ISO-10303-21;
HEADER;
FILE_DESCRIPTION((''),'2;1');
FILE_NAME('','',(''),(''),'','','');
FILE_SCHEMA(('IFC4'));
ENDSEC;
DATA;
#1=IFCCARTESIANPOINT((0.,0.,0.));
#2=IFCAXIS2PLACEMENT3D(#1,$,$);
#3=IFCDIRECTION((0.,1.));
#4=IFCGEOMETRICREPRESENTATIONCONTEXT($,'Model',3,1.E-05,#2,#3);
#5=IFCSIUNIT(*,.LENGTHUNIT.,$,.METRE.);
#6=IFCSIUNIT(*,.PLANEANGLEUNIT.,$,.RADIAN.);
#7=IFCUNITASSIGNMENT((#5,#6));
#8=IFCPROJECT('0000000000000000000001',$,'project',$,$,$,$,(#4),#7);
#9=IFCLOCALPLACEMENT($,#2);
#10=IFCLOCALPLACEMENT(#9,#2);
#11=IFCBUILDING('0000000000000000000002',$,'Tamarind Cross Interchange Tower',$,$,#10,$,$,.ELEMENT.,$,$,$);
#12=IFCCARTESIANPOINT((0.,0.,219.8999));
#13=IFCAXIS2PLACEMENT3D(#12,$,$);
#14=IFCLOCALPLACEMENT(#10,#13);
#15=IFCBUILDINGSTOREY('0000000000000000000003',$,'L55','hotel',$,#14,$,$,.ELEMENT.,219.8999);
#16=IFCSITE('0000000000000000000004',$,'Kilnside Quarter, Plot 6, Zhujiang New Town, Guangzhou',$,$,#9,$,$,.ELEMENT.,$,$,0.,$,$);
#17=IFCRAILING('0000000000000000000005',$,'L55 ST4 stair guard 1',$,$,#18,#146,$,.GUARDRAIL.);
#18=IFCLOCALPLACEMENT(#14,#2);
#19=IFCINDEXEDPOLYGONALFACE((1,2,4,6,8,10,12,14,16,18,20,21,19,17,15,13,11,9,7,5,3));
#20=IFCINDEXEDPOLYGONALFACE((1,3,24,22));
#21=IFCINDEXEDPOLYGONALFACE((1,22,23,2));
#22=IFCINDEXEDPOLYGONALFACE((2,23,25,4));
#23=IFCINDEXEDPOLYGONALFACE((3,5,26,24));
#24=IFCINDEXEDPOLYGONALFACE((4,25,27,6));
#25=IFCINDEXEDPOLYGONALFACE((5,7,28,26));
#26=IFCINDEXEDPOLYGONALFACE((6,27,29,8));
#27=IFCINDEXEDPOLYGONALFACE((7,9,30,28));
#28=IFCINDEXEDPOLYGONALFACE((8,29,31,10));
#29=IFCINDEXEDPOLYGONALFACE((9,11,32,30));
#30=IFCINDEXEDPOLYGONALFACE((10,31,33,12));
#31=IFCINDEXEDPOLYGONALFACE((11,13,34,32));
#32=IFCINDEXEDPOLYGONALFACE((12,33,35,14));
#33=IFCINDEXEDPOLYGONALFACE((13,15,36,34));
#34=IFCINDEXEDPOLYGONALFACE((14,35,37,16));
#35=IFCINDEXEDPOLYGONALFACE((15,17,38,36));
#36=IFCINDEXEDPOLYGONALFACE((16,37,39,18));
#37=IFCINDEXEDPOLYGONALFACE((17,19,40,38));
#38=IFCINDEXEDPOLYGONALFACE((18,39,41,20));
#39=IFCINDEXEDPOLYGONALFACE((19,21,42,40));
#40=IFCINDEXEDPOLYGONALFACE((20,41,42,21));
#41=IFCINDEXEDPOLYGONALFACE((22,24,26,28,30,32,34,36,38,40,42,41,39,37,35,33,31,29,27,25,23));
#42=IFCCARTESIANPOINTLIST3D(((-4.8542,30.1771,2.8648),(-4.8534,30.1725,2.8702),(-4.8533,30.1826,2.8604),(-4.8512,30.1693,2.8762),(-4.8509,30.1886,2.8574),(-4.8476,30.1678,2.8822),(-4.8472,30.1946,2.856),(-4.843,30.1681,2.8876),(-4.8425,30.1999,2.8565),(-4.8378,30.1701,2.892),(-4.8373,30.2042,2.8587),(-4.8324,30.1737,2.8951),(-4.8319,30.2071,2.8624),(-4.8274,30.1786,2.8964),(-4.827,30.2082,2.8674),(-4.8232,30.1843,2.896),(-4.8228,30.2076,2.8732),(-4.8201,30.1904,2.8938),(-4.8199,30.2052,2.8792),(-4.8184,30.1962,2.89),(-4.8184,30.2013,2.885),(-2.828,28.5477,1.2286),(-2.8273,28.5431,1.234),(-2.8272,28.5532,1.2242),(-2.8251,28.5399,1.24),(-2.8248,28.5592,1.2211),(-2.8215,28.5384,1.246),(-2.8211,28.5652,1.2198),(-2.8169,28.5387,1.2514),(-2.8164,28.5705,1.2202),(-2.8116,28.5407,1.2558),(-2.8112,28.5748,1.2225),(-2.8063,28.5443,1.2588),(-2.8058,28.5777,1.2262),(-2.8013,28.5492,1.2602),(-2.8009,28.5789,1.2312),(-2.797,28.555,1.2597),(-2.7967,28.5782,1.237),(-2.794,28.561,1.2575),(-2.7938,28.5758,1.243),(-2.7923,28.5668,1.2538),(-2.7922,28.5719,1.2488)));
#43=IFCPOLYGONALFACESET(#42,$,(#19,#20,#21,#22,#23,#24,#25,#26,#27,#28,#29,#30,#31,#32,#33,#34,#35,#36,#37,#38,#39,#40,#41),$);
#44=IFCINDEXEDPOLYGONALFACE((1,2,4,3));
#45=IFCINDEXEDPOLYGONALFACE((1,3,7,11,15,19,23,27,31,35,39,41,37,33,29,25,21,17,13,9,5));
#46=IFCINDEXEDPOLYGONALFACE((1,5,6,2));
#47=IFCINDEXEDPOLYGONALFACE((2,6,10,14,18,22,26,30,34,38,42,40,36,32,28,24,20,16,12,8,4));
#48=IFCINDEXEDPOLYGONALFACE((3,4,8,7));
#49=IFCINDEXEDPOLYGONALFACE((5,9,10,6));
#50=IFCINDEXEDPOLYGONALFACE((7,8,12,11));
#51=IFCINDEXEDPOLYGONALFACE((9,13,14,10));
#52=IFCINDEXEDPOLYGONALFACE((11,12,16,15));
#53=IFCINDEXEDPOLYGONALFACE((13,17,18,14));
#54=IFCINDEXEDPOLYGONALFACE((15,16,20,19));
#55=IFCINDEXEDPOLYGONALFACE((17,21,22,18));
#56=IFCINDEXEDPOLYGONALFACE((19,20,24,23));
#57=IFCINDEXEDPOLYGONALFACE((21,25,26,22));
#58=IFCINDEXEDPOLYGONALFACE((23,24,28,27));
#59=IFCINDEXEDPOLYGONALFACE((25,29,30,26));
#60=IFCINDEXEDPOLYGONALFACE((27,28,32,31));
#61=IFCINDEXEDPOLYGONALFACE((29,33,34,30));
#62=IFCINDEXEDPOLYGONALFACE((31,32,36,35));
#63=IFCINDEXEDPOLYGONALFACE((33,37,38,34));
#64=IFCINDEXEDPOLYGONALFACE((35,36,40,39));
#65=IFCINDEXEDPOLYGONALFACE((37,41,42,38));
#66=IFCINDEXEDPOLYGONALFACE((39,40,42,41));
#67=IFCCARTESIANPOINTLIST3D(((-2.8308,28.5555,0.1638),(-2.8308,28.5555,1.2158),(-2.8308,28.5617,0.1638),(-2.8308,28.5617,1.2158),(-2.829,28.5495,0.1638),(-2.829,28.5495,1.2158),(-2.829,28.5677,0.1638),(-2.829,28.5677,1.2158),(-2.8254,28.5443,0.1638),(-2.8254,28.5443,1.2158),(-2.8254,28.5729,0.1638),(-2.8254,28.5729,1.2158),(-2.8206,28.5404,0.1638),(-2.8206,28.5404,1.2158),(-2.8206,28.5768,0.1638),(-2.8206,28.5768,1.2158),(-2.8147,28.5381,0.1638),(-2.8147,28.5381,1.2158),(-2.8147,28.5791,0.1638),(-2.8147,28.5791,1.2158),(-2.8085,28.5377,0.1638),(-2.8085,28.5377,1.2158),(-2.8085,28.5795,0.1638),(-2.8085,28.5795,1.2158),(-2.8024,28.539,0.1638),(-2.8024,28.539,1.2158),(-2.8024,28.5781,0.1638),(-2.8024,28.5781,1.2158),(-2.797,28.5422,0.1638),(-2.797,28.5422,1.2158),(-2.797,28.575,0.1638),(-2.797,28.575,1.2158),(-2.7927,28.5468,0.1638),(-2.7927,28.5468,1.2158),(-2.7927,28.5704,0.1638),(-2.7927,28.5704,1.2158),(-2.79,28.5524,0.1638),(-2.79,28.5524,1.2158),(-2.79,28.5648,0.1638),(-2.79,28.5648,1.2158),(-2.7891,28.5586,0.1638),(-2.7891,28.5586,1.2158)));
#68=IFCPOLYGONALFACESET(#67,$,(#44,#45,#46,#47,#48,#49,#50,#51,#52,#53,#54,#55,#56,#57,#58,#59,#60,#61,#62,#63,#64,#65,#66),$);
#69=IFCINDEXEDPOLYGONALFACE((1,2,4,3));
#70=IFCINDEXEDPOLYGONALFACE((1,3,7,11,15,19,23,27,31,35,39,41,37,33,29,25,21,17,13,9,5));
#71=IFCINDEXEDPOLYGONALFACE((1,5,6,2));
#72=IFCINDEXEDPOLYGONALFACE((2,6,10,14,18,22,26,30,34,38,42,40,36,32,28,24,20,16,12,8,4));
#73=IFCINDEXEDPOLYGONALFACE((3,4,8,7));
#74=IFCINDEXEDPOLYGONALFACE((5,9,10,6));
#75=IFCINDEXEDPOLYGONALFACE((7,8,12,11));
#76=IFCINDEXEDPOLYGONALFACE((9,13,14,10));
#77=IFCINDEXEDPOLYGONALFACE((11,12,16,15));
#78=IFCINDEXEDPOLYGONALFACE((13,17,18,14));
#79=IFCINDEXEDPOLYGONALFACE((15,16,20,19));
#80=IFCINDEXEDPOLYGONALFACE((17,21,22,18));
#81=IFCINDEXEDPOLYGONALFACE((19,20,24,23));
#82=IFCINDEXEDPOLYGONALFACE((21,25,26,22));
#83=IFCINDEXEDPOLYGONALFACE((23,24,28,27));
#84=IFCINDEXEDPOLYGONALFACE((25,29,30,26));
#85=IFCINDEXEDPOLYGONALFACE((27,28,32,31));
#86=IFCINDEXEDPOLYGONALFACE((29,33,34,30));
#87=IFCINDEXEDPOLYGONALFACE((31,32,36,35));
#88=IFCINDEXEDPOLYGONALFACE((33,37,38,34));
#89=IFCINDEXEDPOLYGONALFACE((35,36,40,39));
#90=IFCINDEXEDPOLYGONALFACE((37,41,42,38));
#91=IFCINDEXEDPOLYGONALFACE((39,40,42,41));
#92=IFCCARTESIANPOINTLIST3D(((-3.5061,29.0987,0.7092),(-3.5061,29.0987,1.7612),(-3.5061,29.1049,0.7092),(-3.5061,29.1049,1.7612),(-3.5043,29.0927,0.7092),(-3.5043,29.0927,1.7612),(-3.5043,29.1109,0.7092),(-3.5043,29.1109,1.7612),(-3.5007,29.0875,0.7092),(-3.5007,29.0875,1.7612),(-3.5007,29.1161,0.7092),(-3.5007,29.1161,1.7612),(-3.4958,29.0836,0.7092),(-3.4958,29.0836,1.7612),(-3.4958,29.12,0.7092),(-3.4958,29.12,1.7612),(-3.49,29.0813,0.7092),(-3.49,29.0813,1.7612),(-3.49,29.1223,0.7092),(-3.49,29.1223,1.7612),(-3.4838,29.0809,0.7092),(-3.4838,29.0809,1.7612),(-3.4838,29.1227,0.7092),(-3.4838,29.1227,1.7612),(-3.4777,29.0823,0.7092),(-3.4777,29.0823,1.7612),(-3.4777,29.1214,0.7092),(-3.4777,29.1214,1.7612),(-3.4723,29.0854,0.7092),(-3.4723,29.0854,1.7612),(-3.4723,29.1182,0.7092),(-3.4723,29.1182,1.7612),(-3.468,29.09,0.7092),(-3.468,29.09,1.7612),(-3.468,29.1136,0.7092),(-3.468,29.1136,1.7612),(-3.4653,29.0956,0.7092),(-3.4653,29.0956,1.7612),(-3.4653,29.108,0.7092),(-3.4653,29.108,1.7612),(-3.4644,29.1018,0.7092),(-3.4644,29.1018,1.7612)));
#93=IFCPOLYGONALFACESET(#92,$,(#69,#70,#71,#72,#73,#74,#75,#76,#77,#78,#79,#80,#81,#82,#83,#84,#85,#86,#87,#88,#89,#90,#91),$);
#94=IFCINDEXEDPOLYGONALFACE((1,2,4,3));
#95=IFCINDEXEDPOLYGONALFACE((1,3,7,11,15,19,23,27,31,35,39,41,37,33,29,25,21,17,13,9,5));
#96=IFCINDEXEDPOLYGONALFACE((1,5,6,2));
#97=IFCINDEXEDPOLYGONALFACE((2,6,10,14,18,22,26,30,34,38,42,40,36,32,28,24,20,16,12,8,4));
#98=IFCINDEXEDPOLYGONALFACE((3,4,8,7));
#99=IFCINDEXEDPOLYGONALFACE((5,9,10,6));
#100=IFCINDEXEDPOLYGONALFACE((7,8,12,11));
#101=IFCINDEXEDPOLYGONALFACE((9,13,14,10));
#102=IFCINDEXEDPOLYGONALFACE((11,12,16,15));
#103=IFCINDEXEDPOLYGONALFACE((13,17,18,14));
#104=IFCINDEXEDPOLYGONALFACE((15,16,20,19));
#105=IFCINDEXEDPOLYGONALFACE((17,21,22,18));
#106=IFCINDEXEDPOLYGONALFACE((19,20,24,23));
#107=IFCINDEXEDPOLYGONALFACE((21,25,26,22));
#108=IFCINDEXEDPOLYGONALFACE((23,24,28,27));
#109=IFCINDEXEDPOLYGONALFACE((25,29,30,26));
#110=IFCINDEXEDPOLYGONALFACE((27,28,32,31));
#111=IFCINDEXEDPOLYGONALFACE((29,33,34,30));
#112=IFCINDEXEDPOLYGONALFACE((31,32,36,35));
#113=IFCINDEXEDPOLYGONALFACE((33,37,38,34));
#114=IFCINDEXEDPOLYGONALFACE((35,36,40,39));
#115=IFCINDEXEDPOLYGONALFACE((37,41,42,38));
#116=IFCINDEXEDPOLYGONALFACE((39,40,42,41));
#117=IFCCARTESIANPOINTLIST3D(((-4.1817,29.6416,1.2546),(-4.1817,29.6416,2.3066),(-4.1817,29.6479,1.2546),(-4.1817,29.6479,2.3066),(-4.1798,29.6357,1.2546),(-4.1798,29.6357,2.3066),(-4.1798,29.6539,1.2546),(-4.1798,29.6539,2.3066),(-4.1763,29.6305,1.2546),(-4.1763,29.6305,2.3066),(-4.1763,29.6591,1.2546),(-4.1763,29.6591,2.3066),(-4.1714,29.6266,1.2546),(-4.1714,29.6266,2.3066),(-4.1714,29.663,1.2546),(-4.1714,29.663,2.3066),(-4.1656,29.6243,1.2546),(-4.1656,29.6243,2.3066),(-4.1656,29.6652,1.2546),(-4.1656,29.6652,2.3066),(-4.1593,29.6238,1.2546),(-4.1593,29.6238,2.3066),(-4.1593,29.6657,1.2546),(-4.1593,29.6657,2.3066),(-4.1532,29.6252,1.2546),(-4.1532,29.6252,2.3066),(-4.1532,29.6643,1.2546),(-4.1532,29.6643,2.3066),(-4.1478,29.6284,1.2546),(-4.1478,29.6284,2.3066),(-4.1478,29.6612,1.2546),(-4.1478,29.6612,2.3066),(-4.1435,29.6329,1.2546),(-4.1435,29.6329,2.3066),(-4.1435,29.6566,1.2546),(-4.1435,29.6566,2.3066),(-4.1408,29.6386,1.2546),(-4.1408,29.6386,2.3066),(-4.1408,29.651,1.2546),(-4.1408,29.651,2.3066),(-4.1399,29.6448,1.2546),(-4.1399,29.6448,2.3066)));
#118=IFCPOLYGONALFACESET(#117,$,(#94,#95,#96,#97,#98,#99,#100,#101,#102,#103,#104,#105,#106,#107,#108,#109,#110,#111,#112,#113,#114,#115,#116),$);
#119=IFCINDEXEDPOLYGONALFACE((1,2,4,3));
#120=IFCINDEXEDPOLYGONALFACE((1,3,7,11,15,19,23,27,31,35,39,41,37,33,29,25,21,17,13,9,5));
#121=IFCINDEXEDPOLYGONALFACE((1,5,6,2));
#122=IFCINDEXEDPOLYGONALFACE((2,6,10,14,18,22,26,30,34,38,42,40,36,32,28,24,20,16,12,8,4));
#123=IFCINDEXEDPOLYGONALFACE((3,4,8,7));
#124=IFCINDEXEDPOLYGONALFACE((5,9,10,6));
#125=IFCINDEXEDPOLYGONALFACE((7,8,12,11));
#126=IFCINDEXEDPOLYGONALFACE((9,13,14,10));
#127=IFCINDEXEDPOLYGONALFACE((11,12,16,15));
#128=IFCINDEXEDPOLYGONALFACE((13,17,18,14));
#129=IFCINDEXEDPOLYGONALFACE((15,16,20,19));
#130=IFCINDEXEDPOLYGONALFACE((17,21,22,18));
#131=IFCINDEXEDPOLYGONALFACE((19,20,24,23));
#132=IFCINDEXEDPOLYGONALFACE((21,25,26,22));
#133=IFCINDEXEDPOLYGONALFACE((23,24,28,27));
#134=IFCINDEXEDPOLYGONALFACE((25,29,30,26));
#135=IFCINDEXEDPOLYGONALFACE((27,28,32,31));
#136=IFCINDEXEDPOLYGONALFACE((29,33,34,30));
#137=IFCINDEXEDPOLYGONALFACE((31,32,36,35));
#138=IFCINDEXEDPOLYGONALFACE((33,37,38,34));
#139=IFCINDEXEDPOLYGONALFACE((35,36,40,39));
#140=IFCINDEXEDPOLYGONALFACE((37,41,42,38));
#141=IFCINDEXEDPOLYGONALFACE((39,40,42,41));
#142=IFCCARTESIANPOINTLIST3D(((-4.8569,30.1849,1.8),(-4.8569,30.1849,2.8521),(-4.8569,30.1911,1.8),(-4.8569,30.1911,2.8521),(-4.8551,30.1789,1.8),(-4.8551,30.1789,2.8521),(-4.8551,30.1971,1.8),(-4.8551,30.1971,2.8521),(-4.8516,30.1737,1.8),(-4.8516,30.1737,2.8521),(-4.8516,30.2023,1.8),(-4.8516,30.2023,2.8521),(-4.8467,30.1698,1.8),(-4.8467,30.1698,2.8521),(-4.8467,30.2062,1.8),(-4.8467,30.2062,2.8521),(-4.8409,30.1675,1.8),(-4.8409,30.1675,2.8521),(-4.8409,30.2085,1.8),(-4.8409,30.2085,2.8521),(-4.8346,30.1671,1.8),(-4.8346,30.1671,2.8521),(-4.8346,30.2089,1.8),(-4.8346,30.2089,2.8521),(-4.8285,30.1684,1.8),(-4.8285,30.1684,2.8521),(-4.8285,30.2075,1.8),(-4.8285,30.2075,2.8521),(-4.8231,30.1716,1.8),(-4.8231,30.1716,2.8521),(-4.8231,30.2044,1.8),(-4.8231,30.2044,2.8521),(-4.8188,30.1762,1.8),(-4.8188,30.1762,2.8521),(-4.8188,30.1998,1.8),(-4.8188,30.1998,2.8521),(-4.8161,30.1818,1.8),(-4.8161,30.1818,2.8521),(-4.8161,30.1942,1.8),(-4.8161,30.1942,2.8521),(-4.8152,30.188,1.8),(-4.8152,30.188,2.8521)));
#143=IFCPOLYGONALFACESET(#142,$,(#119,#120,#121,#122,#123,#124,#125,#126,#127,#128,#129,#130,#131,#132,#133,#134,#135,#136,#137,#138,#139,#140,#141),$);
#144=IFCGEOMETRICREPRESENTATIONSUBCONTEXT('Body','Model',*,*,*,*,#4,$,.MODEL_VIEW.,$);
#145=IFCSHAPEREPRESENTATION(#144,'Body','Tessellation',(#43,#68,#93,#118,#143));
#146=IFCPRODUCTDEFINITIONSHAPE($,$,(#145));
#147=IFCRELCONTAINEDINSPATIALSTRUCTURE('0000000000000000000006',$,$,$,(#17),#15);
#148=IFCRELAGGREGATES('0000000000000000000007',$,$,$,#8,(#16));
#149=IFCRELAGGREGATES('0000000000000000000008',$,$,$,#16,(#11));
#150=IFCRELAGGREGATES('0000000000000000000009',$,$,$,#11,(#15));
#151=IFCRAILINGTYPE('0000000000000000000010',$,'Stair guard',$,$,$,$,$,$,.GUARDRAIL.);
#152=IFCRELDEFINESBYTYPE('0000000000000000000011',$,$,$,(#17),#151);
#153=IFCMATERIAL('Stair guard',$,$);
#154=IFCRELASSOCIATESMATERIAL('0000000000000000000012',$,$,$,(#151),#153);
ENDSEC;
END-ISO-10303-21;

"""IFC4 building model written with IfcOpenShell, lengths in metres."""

from ifc_helpers import new_model, si_unit, direction, frame, origin, origin_2d, place, context, subcontext, project, spatial, circle, extrude, material, type_object, element, save


model = new_model("IFC4")

# Units and contexts
model_context = context("Model", 3, precision=1e-05, world=origin(), true_north=direction((0.0, 1.0)))
body_context = subcontext(model_context, "Body", "Model", "MODEL_VIEW")
ifc_project = project(units=[si_unit("LENGTHUNIT", "METRE"), si_unit("PLANEANGLEUNIT", "RADIAN")], contexts=[model_context])

# Site, building, storey
site_placement = place(None, origin())
site = spatial("IfcSite", under=ifc_project, at=site_placement, Name="Kilnside Quarter, Plot 6, Zhujiang New Town, Guangzhou", CompositionType="ELEMENT", RefElevation=0.0)
building_placement = place(site_placement, origin())
building = spatial("IfcBuilding", under=site, at=building_placement, Name="Tamarind Cross Interchange Tower", CompositionType="ELEMENT")
storey_placement = place(building_placement, frame((0.0, 0.0, 219.8999)))
storey = spatial("IfcBuildingStorey", under=building, at=storey_placement, Name="L55", Description="hotel", CompositionType="ELEMENT", Elevation=219.8999)

# Railing
ifc_material_1 = material(Name="Stair guard")
railing_type_1 = type_object("IfcRailingType", Name="Stair guard", PredefinedType="GUARDRAIL", material=ifc_material_1)
railing_1_placement = place(storey_placement, frame((-2.8101, 28.5586, 0.1638)))
element("IfcRailing", 1, at=railing_1_placement, inside=storey, type_object=railing_type_1, Name="L55 ST4 stair guard 1", PredefinedType="GUARDRAIL", context=body_context, shape_type="SweptSolid", body=[
    extrude(circle(Radius=0.0239, at=origin_2d()), frame((0.0, 0.0, 1.0762), z_axis=(-0.659539, 0.530397, 0.532622), x_axis=(-0.626686, -0.779272, 0.0)), (0.0, 0.0, 1.0), 3.072),
    extrude(circle(Radius=0.021, at=origin_2d()), origin(), (0.0, 0.0, 1.0), 1.052),
    extrude(circle(Radius=0.021, at=origin_2d()), frame((-0.6753, 0.5432, 0.5454)), (0.0, 0.0, 1.0), 1.052),
    extrude(circle(Radius=0.021, at=origin_2d()), frame((-1.3508, 1.0862, 1.0908)), (0.0, 0.0, 1.0), 1.052),
    extrude(circle(Radius=0.021, at=origin_2d()), frame((-2.0261, 1.6294, 1.6362)), (0.0, 0.0, 1.0), 1.052),
])

save(model, "model.ifc")
